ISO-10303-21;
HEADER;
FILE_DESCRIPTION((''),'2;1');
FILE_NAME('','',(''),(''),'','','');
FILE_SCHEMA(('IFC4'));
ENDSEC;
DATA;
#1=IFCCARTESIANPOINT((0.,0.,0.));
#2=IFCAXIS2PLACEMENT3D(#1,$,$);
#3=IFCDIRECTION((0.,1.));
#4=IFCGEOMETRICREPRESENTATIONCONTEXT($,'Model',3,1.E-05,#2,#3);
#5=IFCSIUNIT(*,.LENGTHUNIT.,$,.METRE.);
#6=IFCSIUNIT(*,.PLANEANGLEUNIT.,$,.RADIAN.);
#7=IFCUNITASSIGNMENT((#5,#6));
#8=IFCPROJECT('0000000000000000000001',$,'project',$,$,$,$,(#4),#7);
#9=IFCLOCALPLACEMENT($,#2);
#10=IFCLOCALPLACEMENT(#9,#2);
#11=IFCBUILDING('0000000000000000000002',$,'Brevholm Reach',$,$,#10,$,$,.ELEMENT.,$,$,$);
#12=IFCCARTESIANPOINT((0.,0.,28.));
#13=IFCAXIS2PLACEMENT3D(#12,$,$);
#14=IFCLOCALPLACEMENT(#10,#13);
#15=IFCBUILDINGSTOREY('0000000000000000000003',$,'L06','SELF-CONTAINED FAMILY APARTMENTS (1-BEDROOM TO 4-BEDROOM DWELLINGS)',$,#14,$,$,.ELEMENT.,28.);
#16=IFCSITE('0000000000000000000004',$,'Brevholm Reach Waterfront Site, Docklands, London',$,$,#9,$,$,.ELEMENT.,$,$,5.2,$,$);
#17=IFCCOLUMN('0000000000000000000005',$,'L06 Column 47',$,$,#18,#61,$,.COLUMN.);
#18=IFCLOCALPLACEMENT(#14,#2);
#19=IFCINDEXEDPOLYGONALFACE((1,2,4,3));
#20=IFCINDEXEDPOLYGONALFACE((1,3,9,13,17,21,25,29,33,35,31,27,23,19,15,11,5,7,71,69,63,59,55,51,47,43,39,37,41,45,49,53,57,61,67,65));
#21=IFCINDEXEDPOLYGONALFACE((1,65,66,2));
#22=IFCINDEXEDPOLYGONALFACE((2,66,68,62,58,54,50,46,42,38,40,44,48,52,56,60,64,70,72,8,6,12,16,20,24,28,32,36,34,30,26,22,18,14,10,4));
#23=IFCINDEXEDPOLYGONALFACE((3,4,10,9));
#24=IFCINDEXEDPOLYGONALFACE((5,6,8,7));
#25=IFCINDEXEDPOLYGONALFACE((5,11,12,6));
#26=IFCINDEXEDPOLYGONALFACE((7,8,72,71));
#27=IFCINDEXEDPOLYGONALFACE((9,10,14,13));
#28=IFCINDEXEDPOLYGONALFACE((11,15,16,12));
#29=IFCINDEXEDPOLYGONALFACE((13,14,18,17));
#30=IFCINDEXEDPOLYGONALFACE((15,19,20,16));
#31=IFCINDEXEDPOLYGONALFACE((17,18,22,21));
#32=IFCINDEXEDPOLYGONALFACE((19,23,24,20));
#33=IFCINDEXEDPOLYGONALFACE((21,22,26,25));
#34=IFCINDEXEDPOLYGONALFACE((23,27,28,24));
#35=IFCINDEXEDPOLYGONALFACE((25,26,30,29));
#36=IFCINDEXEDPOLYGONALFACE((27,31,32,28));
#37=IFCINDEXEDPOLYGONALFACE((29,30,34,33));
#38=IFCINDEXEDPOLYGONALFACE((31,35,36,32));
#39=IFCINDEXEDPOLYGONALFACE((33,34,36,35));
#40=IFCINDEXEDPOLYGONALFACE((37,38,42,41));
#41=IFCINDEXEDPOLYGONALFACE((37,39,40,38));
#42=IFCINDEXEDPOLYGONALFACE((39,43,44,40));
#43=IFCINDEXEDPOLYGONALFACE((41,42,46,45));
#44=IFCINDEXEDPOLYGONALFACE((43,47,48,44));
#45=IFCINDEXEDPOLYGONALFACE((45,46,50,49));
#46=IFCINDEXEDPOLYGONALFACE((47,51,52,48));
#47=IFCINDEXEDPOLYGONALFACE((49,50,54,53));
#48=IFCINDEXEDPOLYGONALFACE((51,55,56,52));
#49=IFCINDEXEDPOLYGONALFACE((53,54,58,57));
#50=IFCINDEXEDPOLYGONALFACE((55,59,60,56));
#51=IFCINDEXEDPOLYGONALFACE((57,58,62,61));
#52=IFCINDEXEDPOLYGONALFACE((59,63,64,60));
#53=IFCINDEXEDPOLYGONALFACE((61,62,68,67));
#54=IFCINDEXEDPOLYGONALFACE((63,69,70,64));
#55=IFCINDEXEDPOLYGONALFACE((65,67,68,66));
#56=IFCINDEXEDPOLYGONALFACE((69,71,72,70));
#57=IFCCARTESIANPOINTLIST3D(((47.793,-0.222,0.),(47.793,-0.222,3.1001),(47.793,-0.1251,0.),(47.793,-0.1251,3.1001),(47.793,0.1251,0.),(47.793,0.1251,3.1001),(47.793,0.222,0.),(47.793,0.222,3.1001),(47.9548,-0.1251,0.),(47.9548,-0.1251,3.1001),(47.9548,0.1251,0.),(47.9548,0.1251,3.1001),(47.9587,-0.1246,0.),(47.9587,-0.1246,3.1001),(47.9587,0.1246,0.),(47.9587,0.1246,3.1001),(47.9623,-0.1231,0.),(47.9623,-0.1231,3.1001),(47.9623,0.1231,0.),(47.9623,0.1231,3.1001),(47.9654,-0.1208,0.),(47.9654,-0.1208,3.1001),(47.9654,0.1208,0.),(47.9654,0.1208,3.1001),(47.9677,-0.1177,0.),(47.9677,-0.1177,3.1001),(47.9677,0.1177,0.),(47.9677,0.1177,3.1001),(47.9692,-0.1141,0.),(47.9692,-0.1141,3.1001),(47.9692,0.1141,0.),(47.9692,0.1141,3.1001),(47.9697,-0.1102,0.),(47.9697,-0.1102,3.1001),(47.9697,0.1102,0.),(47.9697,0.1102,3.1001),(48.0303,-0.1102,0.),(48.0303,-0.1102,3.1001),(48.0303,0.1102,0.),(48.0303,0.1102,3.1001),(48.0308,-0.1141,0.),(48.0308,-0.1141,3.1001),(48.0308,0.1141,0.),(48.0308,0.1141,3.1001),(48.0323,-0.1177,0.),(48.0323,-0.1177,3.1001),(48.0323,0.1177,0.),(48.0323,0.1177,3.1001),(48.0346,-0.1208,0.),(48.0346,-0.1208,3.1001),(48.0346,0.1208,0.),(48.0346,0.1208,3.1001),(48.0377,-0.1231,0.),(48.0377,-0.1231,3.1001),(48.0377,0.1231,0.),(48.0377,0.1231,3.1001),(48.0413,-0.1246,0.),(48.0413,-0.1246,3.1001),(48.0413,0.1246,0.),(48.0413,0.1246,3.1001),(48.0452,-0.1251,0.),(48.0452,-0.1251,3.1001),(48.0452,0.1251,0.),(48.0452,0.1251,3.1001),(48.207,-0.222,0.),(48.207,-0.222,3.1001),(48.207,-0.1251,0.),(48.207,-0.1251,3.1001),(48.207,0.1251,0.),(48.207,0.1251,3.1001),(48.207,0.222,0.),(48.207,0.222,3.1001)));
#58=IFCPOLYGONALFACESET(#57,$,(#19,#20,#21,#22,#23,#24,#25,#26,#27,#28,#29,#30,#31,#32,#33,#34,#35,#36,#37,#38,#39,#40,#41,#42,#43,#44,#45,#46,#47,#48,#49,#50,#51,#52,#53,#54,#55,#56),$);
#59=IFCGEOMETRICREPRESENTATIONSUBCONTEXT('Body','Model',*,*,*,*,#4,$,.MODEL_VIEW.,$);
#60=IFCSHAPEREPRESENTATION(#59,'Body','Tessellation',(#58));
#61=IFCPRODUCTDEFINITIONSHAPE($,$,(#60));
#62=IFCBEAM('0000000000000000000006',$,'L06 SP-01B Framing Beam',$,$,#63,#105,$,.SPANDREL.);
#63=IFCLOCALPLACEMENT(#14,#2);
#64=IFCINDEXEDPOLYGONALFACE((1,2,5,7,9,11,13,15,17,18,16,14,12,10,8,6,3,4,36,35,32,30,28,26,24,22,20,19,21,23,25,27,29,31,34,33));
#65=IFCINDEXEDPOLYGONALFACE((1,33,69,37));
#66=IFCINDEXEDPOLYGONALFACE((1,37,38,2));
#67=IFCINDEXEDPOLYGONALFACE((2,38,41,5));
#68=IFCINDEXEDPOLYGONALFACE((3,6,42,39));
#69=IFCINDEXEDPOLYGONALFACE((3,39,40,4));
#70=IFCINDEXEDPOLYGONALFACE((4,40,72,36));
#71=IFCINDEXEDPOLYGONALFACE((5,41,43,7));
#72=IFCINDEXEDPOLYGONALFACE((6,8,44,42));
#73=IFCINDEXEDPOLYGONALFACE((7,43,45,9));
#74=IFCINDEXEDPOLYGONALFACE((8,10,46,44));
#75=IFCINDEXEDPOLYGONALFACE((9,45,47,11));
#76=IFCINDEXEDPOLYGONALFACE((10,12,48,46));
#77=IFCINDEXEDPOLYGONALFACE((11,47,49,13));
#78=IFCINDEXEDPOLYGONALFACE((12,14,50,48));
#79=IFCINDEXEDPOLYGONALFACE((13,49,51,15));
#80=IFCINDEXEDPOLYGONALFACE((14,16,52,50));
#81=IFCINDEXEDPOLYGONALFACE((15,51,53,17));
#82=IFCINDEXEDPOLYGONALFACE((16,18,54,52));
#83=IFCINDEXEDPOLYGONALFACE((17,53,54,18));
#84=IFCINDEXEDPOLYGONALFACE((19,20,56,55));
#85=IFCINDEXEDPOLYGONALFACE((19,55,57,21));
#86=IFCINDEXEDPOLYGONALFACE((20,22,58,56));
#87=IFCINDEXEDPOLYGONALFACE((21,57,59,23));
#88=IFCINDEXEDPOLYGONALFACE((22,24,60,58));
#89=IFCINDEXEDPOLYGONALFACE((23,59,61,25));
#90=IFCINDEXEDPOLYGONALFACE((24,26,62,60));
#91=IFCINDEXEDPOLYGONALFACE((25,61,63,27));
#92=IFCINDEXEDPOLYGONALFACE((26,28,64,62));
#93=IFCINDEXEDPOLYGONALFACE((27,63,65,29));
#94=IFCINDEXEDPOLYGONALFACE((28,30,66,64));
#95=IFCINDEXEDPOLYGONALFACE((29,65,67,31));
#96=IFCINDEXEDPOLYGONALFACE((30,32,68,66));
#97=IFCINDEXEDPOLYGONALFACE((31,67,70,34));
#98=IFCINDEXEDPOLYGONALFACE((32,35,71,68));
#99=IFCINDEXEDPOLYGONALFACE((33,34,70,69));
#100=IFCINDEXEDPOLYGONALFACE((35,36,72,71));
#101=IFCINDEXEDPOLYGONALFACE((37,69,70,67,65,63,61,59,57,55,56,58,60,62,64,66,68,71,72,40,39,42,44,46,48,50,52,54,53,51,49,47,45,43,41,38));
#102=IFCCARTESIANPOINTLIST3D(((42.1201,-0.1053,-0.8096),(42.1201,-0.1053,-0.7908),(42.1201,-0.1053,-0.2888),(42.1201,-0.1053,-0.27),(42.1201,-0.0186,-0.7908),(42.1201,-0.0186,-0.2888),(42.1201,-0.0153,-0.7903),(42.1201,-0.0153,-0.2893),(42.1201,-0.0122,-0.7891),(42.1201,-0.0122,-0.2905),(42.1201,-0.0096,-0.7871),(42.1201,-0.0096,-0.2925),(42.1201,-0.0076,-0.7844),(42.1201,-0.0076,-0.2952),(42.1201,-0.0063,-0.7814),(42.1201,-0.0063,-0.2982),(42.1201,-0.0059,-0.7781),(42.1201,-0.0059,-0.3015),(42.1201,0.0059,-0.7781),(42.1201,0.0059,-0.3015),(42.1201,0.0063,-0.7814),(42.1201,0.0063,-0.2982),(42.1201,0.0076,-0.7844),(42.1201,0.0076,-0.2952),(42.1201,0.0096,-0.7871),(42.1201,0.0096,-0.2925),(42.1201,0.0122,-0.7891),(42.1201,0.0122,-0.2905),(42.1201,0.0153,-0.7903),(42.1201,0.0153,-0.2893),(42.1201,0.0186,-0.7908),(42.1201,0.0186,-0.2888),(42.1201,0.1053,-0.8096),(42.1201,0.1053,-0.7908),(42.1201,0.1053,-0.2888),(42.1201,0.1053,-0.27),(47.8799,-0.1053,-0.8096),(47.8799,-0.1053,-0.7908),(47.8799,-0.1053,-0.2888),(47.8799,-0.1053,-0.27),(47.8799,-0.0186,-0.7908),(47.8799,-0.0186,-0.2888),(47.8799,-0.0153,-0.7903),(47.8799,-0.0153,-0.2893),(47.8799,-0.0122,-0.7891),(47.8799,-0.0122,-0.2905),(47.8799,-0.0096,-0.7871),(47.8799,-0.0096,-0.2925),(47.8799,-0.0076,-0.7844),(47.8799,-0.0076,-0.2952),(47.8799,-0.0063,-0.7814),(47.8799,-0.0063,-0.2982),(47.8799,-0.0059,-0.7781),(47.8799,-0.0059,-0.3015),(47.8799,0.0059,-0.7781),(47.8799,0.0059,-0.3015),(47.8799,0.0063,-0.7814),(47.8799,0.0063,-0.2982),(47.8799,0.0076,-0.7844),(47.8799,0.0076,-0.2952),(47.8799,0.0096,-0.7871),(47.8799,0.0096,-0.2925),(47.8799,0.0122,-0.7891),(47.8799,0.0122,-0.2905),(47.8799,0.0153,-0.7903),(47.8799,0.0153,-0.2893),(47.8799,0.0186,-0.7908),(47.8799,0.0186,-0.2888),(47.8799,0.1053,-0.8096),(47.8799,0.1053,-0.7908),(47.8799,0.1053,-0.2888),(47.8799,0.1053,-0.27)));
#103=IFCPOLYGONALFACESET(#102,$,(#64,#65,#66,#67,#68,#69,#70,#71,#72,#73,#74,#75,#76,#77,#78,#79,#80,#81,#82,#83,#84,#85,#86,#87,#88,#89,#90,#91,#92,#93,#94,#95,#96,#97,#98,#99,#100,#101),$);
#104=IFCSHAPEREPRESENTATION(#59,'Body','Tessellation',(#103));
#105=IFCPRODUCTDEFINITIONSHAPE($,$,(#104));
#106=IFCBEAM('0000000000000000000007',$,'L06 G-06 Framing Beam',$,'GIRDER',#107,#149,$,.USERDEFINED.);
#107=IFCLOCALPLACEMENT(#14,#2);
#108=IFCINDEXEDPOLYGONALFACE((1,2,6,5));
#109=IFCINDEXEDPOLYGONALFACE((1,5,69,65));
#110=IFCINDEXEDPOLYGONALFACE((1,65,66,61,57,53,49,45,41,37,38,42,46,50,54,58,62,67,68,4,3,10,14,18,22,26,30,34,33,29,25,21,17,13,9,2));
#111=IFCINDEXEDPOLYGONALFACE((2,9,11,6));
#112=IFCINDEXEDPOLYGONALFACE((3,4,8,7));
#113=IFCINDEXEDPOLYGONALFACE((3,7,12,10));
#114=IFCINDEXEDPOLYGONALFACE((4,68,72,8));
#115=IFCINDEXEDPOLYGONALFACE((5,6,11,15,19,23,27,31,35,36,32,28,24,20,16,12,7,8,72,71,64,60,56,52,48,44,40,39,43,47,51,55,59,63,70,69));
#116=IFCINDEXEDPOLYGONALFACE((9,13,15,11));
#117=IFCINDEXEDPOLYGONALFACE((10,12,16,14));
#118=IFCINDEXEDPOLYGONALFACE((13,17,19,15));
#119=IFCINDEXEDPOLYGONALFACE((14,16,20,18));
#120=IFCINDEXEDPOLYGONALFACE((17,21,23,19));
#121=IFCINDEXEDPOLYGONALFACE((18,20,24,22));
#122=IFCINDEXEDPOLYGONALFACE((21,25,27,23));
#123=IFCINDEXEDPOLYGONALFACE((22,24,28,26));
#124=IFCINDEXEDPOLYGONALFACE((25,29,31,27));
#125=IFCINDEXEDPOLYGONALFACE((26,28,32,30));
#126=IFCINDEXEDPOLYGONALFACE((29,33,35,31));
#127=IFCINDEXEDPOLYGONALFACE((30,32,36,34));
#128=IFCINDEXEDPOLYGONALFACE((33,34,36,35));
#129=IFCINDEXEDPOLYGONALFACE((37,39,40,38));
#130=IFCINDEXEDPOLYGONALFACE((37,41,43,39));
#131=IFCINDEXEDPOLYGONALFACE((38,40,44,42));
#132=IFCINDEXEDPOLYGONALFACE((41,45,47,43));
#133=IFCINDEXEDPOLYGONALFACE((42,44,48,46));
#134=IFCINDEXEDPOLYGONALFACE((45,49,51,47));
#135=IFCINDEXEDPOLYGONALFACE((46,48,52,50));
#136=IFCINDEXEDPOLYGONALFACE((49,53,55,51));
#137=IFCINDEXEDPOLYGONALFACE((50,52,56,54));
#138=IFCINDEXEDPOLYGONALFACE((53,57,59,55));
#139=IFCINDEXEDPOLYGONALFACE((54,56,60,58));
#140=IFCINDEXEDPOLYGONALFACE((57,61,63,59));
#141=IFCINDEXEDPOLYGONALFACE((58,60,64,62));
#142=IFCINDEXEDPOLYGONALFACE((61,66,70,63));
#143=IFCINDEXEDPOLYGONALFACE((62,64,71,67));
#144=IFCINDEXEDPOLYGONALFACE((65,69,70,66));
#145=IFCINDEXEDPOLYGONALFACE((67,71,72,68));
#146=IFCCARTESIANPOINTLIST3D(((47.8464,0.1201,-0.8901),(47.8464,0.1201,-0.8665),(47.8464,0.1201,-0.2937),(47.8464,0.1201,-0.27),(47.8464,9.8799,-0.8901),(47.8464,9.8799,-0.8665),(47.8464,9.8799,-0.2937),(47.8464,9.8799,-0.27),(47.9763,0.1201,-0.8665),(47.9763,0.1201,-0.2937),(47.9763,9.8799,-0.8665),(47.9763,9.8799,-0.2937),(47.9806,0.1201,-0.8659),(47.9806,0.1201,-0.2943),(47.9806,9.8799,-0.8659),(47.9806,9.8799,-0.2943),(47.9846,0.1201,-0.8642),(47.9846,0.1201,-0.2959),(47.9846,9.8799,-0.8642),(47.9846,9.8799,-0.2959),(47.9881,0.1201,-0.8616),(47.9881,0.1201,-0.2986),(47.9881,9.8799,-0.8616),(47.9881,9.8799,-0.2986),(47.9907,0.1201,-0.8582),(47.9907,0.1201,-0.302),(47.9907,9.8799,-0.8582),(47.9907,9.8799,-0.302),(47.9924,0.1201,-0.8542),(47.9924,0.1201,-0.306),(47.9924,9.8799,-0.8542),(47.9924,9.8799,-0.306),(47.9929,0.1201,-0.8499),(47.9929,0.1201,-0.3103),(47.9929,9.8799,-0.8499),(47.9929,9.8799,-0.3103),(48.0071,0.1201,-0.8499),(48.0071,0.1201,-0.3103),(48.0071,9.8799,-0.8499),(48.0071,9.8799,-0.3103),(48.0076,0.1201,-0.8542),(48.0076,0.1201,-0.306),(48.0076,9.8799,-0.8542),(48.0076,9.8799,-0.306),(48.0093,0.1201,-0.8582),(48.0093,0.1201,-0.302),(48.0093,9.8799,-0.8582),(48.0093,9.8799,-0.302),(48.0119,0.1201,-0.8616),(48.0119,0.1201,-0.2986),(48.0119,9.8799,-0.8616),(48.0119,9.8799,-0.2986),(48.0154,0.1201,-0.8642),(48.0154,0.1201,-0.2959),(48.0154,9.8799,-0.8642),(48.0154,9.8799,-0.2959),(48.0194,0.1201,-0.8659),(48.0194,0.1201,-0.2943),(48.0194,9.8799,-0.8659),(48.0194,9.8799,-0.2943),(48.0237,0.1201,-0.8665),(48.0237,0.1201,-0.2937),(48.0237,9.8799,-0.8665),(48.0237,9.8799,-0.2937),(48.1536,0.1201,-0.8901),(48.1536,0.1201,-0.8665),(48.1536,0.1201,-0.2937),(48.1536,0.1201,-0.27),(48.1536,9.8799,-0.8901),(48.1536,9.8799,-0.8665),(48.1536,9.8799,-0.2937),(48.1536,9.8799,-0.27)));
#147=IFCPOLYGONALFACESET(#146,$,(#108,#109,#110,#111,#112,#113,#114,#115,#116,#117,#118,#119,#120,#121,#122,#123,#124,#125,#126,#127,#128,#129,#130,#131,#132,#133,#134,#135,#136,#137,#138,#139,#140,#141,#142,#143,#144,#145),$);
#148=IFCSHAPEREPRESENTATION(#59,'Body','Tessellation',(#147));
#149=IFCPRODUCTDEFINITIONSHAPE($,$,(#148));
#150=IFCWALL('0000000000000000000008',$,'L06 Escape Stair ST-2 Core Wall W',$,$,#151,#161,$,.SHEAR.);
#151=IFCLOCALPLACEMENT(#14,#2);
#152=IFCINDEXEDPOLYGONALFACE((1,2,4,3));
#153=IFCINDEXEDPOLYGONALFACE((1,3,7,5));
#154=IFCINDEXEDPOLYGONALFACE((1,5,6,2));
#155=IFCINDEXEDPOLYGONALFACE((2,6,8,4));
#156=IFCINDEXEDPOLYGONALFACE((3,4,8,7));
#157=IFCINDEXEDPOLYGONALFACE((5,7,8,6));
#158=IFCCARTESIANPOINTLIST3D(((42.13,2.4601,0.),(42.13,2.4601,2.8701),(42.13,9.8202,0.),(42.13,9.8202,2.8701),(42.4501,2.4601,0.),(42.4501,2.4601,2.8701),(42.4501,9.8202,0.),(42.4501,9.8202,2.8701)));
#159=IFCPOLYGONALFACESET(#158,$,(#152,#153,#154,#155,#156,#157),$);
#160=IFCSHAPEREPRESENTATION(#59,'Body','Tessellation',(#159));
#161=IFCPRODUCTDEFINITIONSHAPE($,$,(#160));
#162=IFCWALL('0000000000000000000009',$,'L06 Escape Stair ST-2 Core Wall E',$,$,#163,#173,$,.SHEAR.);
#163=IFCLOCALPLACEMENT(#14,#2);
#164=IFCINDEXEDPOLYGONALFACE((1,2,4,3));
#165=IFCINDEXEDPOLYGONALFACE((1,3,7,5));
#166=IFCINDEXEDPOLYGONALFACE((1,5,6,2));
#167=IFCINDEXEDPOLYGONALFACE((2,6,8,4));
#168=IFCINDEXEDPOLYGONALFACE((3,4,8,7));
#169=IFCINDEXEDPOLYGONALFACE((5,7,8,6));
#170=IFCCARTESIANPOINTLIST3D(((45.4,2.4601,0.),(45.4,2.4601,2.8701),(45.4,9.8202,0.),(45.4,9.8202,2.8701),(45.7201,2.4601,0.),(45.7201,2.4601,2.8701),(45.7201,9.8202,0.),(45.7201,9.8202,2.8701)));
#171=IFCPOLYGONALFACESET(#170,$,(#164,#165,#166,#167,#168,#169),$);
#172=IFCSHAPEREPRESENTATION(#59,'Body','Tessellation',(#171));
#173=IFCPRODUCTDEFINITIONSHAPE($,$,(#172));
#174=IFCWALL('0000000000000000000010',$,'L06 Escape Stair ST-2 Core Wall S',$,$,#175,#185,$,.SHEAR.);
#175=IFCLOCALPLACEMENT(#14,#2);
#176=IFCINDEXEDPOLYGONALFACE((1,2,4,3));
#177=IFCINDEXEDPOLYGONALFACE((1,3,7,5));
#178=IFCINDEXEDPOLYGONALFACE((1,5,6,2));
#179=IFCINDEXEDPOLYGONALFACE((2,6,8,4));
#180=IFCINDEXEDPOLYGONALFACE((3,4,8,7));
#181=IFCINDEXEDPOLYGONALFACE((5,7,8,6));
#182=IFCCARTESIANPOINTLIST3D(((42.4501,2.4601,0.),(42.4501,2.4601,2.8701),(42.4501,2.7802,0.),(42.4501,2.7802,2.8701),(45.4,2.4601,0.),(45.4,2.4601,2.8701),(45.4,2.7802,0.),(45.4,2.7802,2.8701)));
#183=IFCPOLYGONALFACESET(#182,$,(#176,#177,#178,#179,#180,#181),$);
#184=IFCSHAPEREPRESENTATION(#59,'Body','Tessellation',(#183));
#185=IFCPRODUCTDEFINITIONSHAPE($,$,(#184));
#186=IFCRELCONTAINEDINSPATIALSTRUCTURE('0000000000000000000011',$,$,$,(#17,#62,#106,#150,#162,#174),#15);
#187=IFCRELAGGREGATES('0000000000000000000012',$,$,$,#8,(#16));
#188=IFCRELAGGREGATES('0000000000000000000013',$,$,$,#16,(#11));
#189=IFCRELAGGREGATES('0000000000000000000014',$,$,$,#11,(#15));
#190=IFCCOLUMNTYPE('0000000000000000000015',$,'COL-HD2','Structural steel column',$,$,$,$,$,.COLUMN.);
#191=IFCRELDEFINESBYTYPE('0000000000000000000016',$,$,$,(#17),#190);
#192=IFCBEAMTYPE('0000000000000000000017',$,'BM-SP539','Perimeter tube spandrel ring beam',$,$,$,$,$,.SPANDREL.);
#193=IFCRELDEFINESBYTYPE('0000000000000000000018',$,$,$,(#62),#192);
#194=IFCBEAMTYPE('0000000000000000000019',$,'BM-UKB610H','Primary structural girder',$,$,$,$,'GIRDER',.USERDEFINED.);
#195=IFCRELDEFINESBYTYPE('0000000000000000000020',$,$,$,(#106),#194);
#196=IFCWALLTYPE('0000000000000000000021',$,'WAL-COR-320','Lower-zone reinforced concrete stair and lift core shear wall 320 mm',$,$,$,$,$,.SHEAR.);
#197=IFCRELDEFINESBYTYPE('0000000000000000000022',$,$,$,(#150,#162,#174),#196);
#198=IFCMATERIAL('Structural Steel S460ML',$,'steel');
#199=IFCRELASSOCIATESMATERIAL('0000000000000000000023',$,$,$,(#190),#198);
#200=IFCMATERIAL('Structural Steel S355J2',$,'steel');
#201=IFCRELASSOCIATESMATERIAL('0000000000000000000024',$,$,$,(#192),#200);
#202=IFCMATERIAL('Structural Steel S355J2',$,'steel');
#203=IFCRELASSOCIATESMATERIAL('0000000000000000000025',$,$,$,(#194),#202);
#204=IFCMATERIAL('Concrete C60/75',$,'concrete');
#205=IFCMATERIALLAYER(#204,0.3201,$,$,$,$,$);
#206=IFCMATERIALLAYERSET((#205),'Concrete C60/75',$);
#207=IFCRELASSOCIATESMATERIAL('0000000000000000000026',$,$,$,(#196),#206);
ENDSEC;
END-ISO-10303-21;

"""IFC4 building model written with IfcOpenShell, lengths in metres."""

from ifc_helpers import new_model, si_unit, direction, frame, frame_2d, origin, origin_2d, place, context, subcontext, project, spatial, rectangle, i_section, extrude, material, layer, layer_set, material_profile, profile_set, type_object, element, save


model = new_model("IFC4")

# Units and contexts
model_context = context("Model", 3, precision=1e-05, world=origin(), true_north=direction((0.0, 1.0)))
body_context = subcontext(model_context, "Body", "Model", "MODEL_VIEW")
ifc_project = project(units=[si_unit("LENGTHUNIT", "METRE"), si_unit("PLANEANGLEUNIT", "RADIAN")], contexts=[model_context])

# Site, building, storey
site_placement = place(None, origin())
site = spatial("IfcSite", under=ifc_project, at=site_placement, Name="Brevholm Reach Waterfront Site, Docklands, London", CompositionType="ELEMENT", RefElevation=5.2)
building_placement = place(site_placement, origin())
building = spatial("IfcBuilding", under=site, at=building_placement, Name="Brevholm Reach", CompositionType="ELEMENT")
storey_placement = place(building_placement, frame((0.0, 0.0, 28.0)))
storey = spatial("IfcBuildingStorey", under=building, at=storey_placement, Name="L06", Description="SELF-CONTAINED FAMILY APARTMENTS (1-BEDROOM TO 4-BEDROOM DWELLINGS)", CompositionType="ELEMENT", Elevation=28.0)

# Column
ifc_material_1 = material(Name="Structural Steel S460ML", Category="steel")
ifc_material_profile_1 = material_profile(ifc_material_1, i_section(OverallWidth=0.4141, OverallDepth=0.4441, WebThickness=0.0605, FlangeThickness=0.0969, FilletRadius=0.0149, at=origin_2d()), Name="HD 400x818")
ifc_profile_set_1 = profile_set([ifc_material_profile_1], Name="Structural Steel S460ML")
column_type = type_object("IfcColumnType", Name="COL-HD2", Description="Structural steel column", PredefinedType="COLUMN", material=ifc_profile_set_1)
column_placement = place(storey_placement, frame((48.0, 0.0, 0.0), z_axis=(0.0, 0.0, 1.0), x_axis=(1.0, 0.0, 0.0)))
element("IfcColumn", 1, at=column_placement, inside=storey, type_object=column_type, Name="L06 Column 47", PredefinedType="COLUMN", context=body_context, shape_type="SweptSolid", body=[
    extrude(i_section(OverallWidth=0.4141, OverallDepth=0.4441, WebThickness=0.0605, FlangeThickness=0.0969, FilletRadius=0.0149, at=origin_2d()), origin(), (0.0, 0.0, 1.0), 3.1001),
])

# Beams
ifc_material_2 = material(Name="Structural Steel S355J2", Category="steel")
ifc_material_profile_2 = material_profile(ifc_material_2, i_section(OverallWidth=0.2107, OverallDepth=0.5396, WebThickness=0.0117, FlangeThickness=0.0188, FilletRadius=0.0127, at=origin_2d()), Name="UKB 533x210x109")
ifc_profile_set_2 = profile_set([ifc_material_profile_2], Name="Structural Steel S355J2")
beam_type_1 = type_object("IfcBeamType", Name="BM-SP539", Description="Perimeter tube spandrel ring beam", PredefinedType="SPANDREL", material=ifc_profile_set_2)
beam_1_placement = place(storey_placement, frame((42.1201, 0.0, -0.5398), z_axis=(1.0, 0.0, 0.0), x_axis=(0.0, 1.0, 0.0)))
element("IfcBeam", 2, at=beam_1_placement, inside=storey, type_object=beam_type_1, Name="L06 SP-01B Framing Beam", PredefinedType="SPANDREL", context=body_context, shape_type="SweptSolid", body=[
    extrude(i_section(OverallWidth=0.2107, OverallDepth=0.5396, WebThickness=0.0117, FlangeThickness=0.0188, FilletRadius=0.0127, at=origin_2d()), origin(), (0.0, 0.0, 1.0), 5.7598),
])
ifc_material_3 = material(Name="Structural Steel S355J2", Category="steel")
ifc_material_profile_3 = material_profile(ifc_material_3, i_section(OverallWidth=0.3071, OverallDepth=0.6201, WebThickness=0.0142, FlangeThickness=0.0237, FilletRadius=0.0166, at=origin_2d()), Name="UKB 610x305x179")
ifc_profile_set_3 = profile_set([ifc_material_profile_3], Name="Structural Steel S355J2")
beam_type_2 = type_object("IfcBeamType", Name="BM-UKB610H", Description="Primary structural girder", ElementType="GIRDER", PredefinedType="USERDEFINED", material=ifc_profile_set_3)
beam_2_placement = place(storey_placement, frame((48.0, 0.1201, -0.5801), z_axis=(0.0, 1.0, 0.0), x_axis=(-1.0, 0.0, 0.0)))
element("IfcBeam", 3, at=beam_2_placement, inside=storey, type_object=beam_type_2, Name="L06 G-06 Framing Beam", ObjectType="GIRDER", PredefinedType="USERDEFINED", context=body_context, shape_type="SweptSolid", body=[
    extrude(i_section(OverallWidth=0.3071, OverallDepth=0.6201, WebThickness=0.0142, FlangeThickness=0.0237, FilletRadius=0.0166, at=origin_2d()), origin(), (0.0, 0.0, 1.0), 9.7598),
])

# Walls
ifc_material_4 = material(Name="Concrete C60/75", Category="concrete")
ifc_layer_1 = layer(ifc_material_4, 0.3201)
ifc_layer_set_1 = layer_set([ifc_layer_1], Name="Concrete C60/75")
wall_type = type_object("IfcWallType", Name="WAL-COR-320", Description="Lower-zone reinforced concrete stair and lift core shear wall 320 mm", PredefinedType="SHEAR", material=ifc_layer_set_1)
for number, where, z_axis, x_axis, name in (
    (4, (42.29, 2.46, 0.0), (0.0, 0.0, 1.0), (0.0, 1.0, 0.0), "L06 Escape Stair ST-2 Core Wall W"),
    (5, (45.5601, 2.46, 0.0), (0.0, 0.0, 1.0), (0.0, 1.0, 0.0), "L06 Escape Stair ST-2 Core Wall E"),
):
    element("IfcWall", number, at=place(storey_placement, frame(where, z_axis=z_axis, x_axis=x_axis)), inside=storey, type_object=wall_type, Name=name, PredefinedType="SHEAR", context=body_context, shape_type="SweptSolid", body=[
        extrude(rectangle(XDim=7.3601, YDim=0.3201, at=frame_2d((3.6802, 0.0))), origin(), (0.0, 0.0, 1.0), 2.8701),
    ])
wall_1_placement = place(storey_placement, frame((42.45, 2.6201, 0.0), z_axis=(0.0, 0.0, 1.0), x_axis=(1.0, 0.0, 0.0)))
element("IfcWall", 6, at=wall_1_placement, inside=storey, type_object=wall_type, Name="L06 Escape Stair ST-2 Core Wall S", PredefinedType="SHEAR", context=body_context, shape_type="SweptSolid", body=[
    extrude(rectangle(XDim=2.95, YDim=0.3201, at=frame_2d((1.4751, 0.0))), origin(), (0.0, 0.0, 1.0), 2.8701),
])

save(model, "model.ifc")
